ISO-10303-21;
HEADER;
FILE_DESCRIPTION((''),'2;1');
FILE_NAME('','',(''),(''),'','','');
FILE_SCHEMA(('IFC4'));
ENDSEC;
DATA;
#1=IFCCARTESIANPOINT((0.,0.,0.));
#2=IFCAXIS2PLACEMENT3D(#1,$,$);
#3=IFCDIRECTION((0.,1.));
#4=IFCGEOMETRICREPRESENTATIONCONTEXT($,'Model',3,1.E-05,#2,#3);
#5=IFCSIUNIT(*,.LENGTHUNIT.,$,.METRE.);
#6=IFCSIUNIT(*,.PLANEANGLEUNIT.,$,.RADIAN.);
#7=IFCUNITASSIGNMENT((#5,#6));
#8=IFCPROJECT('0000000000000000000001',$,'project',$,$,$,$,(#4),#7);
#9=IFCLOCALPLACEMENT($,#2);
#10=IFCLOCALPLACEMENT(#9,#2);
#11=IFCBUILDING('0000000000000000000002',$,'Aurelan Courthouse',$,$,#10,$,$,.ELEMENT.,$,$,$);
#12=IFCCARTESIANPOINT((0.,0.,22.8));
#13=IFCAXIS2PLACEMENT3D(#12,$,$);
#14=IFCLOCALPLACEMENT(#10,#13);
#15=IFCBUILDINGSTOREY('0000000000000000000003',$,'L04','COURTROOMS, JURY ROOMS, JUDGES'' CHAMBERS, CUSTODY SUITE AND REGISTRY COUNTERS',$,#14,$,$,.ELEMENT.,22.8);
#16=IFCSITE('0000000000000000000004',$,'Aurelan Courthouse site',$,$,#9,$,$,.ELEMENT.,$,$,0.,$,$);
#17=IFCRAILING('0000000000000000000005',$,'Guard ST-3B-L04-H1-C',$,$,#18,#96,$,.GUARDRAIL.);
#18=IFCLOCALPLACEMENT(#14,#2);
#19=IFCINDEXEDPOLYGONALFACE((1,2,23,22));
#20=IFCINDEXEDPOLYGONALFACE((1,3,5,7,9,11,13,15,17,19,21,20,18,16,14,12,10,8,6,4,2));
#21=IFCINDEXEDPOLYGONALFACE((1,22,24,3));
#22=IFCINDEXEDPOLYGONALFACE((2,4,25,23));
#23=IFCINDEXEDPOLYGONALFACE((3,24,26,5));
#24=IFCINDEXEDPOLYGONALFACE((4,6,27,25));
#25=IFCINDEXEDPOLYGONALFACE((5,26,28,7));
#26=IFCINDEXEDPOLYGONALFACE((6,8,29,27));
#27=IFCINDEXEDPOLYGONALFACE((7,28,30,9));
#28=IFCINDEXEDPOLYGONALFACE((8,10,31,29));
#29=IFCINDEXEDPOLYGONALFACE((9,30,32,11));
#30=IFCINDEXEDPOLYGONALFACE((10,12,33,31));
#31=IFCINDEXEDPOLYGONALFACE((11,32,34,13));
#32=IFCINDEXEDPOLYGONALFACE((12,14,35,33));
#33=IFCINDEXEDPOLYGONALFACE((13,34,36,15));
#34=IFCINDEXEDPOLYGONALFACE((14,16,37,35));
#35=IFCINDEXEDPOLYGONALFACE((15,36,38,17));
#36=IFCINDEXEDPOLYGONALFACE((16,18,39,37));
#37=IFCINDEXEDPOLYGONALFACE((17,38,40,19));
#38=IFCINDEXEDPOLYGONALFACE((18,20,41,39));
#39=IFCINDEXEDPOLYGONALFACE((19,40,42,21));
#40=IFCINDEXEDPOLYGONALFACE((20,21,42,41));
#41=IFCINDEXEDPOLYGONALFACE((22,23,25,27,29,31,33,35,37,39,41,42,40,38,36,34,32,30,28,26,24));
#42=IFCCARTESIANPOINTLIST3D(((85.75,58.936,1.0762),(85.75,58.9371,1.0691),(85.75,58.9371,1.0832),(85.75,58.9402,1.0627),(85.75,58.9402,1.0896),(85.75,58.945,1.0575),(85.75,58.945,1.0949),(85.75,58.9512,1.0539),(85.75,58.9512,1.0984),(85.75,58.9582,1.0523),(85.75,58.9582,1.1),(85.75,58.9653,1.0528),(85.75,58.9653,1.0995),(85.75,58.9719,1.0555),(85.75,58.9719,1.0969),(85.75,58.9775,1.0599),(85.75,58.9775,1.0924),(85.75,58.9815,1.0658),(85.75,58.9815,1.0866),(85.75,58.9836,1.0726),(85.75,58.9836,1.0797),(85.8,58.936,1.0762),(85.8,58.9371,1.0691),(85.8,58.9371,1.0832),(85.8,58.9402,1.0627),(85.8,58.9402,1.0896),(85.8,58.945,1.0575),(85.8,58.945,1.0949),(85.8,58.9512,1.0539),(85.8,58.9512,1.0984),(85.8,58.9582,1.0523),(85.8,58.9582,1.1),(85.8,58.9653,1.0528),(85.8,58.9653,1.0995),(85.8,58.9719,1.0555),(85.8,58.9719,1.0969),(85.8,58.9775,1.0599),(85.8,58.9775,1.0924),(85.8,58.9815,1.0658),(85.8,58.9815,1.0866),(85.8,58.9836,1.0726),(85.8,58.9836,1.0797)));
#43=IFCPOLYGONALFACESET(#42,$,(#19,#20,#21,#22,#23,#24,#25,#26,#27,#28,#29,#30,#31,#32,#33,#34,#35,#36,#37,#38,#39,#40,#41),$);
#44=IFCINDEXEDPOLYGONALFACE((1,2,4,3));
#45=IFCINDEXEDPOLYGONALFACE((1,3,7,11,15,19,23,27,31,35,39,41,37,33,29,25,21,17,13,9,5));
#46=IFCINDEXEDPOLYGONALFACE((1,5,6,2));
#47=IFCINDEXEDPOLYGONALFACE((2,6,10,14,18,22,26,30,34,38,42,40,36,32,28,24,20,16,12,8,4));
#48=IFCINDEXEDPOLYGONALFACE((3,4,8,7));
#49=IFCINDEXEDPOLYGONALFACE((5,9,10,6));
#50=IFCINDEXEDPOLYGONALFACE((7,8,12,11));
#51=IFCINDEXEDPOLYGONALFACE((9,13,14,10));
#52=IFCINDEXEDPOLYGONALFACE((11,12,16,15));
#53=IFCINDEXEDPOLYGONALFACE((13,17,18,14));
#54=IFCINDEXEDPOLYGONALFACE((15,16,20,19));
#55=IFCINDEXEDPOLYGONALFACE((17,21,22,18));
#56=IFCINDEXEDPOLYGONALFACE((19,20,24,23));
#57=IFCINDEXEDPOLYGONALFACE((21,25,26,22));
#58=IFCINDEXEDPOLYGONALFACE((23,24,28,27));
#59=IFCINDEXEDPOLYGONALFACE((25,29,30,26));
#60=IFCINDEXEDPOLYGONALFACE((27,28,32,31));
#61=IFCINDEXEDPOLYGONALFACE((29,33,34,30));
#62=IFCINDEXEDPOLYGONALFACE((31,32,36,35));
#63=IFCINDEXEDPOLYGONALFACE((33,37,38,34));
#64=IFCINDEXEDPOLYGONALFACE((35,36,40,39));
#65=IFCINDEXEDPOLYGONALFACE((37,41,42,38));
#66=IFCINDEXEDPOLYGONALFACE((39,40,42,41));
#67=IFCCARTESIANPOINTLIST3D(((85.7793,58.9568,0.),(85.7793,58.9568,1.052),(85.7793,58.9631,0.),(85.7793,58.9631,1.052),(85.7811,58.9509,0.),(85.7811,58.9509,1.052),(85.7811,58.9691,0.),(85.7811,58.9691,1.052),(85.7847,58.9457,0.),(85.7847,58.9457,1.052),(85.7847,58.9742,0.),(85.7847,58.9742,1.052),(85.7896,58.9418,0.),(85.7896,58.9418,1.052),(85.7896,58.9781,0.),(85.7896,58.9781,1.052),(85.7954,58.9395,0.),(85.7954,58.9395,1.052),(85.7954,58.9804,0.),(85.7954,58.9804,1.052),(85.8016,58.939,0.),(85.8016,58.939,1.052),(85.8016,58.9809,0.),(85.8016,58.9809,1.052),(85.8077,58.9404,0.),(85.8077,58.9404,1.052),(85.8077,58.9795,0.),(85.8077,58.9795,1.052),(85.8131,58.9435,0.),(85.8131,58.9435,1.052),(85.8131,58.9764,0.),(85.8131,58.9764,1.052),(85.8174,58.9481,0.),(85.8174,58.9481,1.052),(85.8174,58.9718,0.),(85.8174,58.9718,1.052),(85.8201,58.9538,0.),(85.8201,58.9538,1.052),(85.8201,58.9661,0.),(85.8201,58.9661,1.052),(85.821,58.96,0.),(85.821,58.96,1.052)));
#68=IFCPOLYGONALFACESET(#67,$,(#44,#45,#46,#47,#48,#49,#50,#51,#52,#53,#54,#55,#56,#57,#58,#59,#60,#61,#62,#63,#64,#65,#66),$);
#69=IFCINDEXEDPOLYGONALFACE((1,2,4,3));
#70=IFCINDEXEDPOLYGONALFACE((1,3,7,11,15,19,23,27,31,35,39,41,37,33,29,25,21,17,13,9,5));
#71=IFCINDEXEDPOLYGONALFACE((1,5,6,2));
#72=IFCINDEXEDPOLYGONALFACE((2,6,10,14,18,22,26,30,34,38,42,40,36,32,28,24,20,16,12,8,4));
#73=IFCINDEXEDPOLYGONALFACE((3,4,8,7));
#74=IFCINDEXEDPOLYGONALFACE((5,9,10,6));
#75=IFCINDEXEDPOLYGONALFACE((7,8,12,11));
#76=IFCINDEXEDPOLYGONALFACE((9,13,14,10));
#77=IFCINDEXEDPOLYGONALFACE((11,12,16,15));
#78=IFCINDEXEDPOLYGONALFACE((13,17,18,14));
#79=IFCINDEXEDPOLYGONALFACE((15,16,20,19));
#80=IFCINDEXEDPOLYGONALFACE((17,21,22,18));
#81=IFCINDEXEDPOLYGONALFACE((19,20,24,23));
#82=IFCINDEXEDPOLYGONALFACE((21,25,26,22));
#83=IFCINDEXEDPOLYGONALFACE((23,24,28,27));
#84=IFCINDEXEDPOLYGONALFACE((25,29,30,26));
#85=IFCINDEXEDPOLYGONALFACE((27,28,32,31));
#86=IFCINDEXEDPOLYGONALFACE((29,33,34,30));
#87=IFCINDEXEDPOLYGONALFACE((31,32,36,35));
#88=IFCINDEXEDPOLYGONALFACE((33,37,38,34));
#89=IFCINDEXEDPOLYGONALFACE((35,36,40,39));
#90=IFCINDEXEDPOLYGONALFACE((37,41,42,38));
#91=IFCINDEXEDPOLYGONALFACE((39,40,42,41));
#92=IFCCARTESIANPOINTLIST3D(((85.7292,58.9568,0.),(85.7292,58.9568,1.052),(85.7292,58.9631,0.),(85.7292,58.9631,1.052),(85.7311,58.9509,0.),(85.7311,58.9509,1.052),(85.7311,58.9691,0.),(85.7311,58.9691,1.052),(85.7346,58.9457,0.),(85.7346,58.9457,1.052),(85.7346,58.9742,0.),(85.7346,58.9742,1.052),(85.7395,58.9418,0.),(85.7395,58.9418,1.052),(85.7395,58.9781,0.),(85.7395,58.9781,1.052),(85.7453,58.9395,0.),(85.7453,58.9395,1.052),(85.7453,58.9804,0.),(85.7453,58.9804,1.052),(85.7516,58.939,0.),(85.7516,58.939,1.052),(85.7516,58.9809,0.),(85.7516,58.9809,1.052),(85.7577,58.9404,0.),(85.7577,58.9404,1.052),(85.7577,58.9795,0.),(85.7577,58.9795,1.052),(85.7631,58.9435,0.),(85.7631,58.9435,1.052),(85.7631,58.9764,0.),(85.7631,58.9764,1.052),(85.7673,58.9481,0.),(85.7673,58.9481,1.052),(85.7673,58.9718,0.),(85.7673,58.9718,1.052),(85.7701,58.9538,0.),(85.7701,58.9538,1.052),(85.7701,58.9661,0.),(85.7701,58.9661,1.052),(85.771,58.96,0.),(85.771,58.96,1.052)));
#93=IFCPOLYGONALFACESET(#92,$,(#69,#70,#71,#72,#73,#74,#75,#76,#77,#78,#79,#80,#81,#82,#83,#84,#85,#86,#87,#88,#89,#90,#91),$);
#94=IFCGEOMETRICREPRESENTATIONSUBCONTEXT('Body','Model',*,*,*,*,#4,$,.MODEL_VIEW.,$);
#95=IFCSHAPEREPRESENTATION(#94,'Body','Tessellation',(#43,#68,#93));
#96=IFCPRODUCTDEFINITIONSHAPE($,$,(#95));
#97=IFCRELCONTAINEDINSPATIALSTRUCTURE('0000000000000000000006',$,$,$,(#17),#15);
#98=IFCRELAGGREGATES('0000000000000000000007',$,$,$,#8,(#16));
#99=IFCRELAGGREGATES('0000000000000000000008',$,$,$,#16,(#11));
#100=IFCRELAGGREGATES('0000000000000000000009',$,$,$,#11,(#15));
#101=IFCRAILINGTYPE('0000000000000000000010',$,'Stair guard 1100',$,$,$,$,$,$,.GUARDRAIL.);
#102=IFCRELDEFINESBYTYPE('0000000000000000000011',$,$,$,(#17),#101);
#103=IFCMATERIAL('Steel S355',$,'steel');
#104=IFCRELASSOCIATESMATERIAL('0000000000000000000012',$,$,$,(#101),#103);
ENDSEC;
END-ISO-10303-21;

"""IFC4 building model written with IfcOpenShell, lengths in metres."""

from ifc_helpers import new_model, si_unit, direction, frame, origin, origin_2d, place, context, subcontext, project, spatial, circle, extrude, material, type_object, element, save


model = new_model("IFC4")

# Units and contexts
model_context = context("Model", 3, precision=1e-05, world=origin(), true_north=direction((0.0, 1.0)))
body_context = subcontext(model_context, "Body", "Model", "MODEL_VIEW")
ifc_project = project(units=[si_unit("LENGTHUNIT", "METRE"), si_unit("PLANEANGLEUNIT", "RADIAN")], contexts=[model_context])

# Site, building, storey
site_placement = place(None, origin())
site = spatial("IfcSite", under=ifc_project, at=site_placement, Name="Aurelan Courthouse site", CompositionType="ELEMENT", RefElevation=0.0)
building_placement = place(site_placement, origin())
building = spatial("IfcBuilding", under=site, at=building_placement, Name="Aurelan Courthouse", CompositionType="ELEMENT")
storey_placement = place(building_placement, frame((0.0, 0.0, 22.8)))
storey = spatial("IfcBuildingStorey", under=building, at=storey_placement, Name="L04", Description="COURTROOMS, JURY ROOMS, JUDGES' CHAMBERS, CUSTODY SUITE AND REGISTRY COUNTERS", CompositionType="ELEMENT", Elevation=22.8)

# Railing
ifc_material_1 = material(Name="Steel S355", Category="steel")
railing_type_1 = type_object("IfcRailingType", Name="Stair guard 1100", PredefinedType="GUARDRAIL", material=ifc_material_1)
railing_1_placement = place(storey_placement, frame((85.8, 58.96, 0.0)))
element("IfcRailing", 1, at=railing_1_placement, inside=storey, type_object=railing_type_1, Name="Guard ST-3B-L04-H1-C", PredefinedType="GUARDRAIL", context=body_context, shape_type="SweptSolid", body=[
    extrude(circle(Radius=0.0239, at=origin_2d()), frame((0.0, 0.0, 1.0762), z_axis=(-1.0, 0.0, 0.0), x_axis=(0.0, -1.0, 0.0)), (0.0, 0.0, 1.0), 0.05),
    extrude(circle(Radius=0.021, at=origin_2d()), origin(), (0.0, 0.0, 1.0), 1.052),
    extrude(circle(Radius=0.021, at=origin_2d()), frame((-0.05, 0.0, 0.0)), (0.0, 0.0, 1.0), 1.052),
])

save(model, "model.ifc")
